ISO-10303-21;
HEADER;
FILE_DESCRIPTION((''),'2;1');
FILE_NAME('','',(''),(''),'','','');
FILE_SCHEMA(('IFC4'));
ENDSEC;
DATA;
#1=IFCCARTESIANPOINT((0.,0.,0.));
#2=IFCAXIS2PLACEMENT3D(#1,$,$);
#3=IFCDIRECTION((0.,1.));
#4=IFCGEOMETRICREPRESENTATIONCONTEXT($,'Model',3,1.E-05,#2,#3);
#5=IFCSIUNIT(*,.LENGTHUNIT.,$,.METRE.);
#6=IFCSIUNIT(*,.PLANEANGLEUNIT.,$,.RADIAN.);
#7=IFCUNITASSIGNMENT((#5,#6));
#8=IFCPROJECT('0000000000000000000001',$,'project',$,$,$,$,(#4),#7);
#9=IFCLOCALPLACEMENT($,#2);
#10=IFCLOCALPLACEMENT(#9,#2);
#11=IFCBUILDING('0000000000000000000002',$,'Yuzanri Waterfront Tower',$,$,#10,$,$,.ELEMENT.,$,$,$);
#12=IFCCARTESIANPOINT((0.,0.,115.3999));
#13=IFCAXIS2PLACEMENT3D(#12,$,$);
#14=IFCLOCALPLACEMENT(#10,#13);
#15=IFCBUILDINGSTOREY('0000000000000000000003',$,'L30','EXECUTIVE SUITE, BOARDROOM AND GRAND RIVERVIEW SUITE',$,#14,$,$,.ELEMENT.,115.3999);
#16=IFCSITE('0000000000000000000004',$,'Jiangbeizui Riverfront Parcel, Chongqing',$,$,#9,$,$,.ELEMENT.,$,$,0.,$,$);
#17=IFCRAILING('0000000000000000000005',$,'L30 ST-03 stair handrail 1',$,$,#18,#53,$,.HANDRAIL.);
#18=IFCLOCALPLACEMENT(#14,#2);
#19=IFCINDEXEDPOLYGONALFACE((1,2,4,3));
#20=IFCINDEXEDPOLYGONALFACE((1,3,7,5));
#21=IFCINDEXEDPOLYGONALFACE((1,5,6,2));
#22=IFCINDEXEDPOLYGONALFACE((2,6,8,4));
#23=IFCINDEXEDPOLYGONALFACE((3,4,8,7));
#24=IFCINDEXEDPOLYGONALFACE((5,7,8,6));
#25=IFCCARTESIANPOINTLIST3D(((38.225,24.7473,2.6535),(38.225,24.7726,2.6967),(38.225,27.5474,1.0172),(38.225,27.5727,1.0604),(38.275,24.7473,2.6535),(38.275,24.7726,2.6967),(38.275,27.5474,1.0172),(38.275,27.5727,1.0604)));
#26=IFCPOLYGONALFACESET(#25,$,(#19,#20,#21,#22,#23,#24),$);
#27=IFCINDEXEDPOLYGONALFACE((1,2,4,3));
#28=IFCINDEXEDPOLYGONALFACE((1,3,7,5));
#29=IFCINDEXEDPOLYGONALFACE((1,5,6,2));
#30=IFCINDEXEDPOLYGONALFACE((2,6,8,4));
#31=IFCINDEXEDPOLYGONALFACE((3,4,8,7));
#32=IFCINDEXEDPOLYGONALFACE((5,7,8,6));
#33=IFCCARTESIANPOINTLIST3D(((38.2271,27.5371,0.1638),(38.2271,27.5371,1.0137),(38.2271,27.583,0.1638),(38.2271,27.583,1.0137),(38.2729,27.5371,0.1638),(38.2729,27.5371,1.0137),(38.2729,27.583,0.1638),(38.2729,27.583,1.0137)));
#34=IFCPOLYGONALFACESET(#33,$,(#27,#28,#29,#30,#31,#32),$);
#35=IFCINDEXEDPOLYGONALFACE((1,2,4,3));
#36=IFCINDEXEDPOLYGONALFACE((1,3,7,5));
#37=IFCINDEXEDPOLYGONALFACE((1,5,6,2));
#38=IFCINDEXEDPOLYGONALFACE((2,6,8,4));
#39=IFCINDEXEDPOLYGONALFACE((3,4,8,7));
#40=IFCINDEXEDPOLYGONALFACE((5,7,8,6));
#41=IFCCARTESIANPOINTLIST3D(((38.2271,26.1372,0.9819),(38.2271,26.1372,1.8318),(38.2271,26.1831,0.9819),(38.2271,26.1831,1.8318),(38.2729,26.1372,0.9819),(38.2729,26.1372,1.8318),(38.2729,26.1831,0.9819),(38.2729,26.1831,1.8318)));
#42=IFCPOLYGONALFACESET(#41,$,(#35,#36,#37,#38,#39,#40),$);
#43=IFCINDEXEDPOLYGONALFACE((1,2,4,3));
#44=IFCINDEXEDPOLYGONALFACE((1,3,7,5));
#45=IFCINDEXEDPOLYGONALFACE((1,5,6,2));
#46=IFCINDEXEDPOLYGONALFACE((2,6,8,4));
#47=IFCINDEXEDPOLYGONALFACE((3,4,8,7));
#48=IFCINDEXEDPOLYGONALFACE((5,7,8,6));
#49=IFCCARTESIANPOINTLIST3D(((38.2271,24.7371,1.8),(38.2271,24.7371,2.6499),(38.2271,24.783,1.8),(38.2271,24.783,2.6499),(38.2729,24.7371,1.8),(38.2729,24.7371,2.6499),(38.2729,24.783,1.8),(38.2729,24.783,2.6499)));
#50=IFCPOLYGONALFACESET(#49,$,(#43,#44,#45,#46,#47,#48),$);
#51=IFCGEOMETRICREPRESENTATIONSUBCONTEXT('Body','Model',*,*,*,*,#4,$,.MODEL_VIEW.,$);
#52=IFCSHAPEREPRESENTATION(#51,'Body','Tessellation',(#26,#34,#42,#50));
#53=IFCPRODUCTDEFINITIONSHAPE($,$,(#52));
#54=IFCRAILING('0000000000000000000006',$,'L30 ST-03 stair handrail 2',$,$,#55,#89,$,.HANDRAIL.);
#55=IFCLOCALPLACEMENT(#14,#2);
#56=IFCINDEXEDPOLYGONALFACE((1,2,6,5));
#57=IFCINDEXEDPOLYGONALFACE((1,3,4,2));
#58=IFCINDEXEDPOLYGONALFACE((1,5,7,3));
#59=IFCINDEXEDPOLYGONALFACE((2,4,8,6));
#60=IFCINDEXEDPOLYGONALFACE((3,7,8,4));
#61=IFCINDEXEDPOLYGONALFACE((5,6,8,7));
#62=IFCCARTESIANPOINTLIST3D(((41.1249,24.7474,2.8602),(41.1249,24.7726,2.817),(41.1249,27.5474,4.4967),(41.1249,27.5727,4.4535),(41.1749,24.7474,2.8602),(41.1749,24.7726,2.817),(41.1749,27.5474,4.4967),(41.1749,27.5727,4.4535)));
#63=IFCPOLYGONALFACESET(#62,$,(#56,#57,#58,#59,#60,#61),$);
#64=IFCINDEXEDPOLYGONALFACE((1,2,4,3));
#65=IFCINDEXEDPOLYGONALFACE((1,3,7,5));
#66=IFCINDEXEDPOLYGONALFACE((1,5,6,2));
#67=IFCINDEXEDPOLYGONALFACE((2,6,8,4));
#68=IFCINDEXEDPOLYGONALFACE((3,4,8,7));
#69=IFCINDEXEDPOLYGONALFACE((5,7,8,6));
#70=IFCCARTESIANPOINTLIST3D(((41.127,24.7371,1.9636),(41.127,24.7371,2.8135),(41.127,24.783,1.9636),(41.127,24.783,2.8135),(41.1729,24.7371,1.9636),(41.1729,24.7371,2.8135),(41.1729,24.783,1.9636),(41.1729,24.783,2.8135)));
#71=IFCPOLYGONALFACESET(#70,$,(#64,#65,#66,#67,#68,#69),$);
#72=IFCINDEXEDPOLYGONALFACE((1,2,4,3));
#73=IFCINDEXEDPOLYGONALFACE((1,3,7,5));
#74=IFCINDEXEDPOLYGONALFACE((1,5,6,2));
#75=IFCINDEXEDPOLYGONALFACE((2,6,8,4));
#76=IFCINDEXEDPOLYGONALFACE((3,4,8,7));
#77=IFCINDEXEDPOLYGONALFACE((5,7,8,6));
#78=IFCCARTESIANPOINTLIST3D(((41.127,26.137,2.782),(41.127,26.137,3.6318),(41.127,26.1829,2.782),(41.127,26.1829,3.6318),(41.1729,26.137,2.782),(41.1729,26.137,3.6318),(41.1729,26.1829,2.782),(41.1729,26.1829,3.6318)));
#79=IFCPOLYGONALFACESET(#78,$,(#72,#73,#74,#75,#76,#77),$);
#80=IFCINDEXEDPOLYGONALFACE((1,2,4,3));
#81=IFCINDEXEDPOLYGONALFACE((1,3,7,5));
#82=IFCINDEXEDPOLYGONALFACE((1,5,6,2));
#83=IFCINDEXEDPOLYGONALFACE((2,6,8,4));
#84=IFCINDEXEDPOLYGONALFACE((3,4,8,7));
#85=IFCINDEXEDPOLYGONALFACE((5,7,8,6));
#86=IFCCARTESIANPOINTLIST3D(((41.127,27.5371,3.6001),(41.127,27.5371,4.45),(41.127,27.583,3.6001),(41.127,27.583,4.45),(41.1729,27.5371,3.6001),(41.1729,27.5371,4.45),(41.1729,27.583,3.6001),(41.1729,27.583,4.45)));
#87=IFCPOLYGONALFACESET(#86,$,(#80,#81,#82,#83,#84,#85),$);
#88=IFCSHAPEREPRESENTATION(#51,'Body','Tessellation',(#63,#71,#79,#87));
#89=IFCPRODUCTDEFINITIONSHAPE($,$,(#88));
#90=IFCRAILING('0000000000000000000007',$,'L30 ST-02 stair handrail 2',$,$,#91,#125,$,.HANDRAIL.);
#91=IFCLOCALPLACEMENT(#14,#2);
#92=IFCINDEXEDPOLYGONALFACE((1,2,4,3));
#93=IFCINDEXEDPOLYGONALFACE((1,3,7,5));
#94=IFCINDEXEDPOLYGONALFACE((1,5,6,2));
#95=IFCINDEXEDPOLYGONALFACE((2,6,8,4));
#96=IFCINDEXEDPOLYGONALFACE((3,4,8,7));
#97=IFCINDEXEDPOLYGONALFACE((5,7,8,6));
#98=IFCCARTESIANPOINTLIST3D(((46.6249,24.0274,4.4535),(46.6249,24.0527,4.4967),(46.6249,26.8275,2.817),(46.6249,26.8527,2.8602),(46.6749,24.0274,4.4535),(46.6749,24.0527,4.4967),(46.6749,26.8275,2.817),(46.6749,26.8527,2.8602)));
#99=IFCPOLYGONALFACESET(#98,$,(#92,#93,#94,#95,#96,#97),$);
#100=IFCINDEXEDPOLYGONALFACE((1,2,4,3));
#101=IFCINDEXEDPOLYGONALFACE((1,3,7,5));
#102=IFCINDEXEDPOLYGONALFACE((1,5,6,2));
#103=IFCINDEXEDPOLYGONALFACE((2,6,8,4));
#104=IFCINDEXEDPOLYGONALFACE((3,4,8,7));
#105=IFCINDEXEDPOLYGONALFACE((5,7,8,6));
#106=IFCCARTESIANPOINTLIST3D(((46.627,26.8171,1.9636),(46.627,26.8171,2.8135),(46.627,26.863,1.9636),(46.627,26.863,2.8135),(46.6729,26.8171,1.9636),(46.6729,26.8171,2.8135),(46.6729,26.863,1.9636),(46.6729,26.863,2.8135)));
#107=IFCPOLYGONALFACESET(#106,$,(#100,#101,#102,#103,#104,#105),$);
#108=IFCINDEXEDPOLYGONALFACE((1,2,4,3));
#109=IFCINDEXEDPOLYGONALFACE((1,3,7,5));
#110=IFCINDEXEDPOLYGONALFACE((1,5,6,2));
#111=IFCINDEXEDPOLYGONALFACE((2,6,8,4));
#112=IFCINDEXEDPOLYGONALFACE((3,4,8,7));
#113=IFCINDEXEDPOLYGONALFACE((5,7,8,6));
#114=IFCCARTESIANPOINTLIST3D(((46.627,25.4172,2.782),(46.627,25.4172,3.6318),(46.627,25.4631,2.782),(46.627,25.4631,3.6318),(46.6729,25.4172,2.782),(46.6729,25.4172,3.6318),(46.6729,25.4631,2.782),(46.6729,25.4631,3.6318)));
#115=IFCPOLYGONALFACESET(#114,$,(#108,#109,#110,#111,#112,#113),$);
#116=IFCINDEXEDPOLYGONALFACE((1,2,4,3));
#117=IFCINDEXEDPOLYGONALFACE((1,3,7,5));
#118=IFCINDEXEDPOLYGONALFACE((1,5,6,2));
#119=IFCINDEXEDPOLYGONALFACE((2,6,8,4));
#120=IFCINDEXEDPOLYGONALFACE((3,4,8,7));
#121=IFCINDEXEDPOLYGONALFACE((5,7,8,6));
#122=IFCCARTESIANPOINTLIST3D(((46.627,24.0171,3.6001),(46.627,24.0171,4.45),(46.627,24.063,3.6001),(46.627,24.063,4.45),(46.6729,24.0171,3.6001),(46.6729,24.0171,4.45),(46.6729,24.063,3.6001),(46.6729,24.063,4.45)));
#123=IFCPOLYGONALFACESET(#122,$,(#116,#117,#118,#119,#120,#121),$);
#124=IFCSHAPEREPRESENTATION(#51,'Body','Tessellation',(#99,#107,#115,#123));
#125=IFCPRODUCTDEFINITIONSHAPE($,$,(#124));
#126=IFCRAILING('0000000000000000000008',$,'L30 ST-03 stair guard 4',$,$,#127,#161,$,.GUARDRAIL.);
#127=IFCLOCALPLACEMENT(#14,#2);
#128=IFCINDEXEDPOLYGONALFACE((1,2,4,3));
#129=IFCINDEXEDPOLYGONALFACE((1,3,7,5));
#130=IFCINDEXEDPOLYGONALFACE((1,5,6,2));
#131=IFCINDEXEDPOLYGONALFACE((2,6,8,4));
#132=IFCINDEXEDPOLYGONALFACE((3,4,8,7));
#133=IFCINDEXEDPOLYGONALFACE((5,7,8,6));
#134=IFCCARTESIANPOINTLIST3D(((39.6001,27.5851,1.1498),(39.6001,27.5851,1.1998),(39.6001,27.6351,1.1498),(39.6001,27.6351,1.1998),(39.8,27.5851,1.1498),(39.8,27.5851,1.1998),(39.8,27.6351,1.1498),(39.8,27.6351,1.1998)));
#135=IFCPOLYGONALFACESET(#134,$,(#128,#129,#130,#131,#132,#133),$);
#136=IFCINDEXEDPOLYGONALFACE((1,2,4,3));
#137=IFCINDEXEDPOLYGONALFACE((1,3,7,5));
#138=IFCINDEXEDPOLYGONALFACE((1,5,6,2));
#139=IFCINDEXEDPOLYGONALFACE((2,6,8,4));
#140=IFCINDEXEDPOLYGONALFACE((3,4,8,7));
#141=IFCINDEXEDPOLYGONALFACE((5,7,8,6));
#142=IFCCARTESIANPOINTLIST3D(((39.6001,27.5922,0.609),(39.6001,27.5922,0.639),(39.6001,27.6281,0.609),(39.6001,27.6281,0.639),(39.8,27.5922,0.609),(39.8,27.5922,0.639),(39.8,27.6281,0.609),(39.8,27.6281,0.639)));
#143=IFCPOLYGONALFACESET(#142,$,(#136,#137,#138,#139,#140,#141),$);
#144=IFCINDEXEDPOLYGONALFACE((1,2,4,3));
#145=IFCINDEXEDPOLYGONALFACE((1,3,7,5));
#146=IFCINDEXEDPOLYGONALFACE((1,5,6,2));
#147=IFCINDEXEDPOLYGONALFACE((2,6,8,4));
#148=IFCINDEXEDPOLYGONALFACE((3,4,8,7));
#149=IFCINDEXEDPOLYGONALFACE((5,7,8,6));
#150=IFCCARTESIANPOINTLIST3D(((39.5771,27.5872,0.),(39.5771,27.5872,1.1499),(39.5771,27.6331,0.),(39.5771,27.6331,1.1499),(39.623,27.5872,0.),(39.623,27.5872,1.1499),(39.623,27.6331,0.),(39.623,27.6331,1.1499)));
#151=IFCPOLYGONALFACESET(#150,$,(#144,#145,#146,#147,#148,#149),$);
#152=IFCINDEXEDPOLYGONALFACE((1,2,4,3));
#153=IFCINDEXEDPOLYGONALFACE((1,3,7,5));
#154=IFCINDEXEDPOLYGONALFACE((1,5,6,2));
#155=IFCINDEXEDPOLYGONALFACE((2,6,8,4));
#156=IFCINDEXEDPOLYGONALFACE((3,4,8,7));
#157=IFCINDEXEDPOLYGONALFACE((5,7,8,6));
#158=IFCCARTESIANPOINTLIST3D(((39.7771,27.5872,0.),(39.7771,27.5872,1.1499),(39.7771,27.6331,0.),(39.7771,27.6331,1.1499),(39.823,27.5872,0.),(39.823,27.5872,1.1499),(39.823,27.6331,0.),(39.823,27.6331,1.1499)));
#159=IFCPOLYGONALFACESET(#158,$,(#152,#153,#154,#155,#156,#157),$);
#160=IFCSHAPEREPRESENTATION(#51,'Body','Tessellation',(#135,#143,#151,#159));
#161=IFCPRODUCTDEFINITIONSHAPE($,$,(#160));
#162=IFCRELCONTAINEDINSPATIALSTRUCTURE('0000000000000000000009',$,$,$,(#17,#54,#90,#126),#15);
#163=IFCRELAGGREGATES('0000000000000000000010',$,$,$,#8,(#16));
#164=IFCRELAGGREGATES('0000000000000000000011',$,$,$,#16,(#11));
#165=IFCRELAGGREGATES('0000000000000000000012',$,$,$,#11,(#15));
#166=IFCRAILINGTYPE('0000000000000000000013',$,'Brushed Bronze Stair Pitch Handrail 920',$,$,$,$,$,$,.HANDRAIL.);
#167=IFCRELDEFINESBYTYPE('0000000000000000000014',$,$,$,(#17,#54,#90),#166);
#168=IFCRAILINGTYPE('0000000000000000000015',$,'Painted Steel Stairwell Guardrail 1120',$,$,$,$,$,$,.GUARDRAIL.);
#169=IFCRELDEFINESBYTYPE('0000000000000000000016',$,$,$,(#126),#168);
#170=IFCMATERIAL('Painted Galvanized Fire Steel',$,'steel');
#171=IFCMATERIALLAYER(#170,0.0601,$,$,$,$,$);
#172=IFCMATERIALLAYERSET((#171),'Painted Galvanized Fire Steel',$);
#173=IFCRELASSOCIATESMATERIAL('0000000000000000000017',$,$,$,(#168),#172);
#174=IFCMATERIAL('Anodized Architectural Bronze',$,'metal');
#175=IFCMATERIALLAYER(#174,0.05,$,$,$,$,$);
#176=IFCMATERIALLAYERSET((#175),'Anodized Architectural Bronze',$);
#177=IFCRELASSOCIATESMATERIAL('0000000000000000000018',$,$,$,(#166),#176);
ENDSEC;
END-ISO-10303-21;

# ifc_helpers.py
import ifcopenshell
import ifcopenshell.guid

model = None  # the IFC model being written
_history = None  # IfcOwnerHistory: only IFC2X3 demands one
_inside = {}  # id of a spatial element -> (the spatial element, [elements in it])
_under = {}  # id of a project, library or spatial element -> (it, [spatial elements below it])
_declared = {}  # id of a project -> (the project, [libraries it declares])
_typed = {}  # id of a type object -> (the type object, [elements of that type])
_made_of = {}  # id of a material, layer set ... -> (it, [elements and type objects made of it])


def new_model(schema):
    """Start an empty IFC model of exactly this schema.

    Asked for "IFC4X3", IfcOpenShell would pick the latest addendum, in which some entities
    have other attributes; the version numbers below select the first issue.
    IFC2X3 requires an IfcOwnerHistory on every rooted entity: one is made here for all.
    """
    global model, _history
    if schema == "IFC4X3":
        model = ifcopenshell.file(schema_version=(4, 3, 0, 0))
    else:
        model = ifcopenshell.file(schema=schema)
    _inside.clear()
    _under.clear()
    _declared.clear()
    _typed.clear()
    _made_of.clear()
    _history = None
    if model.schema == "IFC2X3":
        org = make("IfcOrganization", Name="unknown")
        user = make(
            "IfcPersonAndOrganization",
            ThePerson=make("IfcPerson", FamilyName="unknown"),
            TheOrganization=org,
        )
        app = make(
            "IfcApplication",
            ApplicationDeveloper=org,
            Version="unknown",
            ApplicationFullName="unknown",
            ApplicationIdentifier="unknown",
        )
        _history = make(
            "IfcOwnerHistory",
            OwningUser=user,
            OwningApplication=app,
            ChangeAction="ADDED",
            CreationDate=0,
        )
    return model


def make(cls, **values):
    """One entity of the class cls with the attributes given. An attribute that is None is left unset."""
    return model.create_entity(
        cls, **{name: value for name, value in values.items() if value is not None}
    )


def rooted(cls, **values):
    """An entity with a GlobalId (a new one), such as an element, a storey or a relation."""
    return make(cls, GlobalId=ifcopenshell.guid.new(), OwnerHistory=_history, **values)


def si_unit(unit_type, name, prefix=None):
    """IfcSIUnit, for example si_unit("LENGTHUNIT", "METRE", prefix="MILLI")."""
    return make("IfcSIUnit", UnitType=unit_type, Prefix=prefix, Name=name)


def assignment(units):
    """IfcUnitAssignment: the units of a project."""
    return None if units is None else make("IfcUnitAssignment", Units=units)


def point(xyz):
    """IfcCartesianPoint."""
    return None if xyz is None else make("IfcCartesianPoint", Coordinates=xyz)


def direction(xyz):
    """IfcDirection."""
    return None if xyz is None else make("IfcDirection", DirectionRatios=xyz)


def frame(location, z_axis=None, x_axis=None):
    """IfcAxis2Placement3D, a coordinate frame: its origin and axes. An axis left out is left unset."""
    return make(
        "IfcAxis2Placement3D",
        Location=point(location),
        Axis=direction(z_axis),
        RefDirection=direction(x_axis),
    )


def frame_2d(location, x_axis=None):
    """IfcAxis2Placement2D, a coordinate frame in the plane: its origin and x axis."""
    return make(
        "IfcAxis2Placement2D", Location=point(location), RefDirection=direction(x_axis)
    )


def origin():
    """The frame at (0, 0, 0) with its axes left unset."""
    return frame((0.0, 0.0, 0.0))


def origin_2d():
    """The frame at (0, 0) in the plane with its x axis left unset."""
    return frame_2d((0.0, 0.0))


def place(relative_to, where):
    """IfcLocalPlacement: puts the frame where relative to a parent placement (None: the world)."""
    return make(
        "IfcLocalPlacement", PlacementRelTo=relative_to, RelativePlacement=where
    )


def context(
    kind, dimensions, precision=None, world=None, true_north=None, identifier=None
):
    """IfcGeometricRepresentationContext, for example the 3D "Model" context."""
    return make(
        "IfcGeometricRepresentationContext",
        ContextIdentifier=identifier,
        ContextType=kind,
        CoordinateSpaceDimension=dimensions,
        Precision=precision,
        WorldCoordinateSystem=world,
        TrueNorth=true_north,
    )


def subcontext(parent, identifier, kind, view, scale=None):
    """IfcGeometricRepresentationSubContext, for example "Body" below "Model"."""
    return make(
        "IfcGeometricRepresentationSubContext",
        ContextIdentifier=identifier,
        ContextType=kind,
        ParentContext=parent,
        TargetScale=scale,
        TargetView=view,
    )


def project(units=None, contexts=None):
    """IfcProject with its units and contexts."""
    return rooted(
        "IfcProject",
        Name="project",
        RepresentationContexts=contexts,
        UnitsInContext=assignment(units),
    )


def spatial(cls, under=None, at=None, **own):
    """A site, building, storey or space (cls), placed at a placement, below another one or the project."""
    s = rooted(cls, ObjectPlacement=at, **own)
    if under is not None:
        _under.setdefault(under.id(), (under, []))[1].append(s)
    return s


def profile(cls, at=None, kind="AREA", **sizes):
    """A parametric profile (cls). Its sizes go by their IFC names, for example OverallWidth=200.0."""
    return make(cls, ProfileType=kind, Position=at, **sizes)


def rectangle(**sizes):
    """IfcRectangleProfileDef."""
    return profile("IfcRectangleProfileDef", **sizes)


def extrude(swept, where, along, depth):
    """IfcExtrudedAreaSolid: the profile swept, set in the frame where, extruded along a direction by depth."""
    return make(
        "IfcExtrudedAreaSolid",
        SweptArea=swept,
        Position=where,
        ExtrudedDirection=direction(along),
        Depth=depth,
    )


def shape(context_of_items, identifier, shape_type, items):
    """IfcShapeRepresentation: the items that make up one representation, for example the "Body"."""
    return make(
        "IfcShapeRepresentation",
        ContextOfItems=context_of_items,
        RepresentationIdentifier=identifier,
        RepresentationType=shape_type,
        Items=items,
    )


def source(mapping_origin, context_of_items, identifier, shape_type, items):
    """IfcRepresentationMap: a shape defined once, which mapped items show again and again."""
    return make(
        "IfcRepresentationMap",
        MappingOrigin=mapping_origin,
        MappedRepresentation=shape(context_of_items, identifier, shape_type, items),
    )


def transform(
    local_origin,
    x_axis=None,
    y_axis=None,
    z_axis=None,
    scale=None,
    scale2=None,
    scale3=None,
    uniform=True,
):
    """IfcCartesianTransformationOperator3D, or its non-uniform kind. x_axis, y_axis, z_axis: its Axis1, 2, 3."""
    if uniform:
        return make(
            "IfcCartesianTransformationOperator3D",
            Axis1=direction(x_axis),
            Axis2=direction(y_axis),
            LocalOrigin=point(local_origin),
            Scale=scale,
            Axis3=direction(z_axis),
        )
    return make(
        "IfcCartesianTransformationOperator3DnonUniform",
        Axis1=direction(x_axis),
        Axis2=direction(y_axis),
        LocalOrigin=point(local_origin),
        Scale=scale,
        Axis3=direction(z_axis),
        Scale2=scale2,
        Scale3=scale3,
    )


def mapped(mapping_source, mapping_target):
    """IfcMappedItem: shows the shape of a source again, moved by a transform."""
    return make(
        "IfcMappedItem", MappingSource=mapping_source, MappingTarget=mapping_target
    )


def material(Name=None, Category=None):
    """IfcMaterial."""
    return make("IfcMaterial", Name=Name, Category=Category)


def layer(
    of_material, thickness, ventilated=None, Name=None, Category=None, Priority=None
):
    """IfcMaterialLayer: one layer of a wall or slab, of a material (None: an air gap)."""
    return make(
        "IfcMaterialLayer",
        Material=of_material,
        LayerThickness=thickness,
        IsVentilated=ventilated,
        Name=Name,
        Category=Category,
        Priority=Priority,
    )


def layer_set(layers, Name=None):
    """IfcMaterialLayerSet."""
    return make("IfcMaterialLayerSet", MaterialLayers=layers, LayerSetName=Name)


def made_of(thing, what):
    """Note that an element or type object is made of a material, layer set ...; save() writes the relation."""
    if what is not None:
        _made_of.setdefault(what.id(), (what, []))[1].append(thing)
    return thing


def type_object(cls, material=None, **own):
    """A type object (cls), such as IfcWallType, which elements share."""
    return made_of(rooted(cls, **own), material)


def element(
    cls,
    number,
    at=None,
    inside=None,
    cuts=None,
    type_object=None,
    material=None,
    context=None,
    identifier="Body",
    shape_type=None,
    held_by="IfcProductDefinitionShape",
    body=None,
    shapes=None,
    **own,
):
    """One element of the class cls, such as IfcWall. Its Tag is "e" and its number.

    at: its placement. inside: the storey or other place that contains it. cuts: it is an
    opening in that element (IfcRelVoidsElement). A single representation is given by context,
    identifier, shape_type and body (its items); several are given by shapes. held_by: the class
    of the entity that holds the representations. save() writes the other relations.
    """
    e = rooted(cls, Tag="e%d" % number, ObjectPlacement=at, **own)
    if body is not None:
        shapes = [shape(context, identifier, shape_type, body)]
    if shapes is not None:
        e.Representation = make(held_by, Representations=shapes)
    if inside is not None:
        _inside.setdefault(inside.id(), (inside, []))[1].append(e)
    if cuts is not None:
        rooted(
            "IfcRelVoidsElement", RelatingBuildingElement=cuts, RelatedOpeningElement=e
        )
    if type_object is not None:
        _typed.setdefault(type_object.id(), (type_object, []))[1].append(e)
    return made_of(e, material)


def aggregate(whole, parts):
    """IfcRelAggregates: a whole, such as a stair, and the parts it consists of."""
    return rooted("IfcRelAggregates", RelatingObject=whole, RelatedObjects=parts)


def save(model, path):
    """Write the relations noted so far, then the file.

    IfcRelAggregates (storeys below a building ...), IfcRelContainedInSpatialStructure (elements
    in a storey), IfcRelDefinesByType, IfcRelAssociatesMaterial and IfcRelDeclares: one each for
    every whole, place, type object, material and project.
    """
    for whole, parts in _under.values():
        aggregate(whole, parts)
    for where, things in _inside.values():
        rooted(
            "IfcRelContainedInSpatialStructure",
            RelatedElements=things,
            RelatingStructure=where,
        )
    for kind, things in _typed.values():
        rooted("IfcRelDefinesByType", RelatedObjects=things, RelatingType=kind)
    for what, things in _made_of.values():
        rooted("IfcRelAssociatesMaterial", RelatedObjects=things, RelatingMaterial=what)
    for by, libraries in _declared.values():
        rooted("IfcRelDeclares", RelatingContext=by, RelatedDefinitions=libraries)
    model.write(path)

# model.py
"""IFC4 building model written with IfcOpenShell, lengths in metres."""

from ifc_helpers import new_model, si_unit, direction, frame, origin, origin_2d, place, context, subcontext, project, spatial, rectangle, extrude, source, transform, mapped, material, layer, layer_set, type_object, element, save


model = new_model("IFC4")

# Units and contexts
model_context = context("Model", 3, precision=1e-05, world=origin(), true_north=direction((0.0, 1.0)))
body_context = subcontext(model_context, "Body", "Model", "MODEL_VIEW")
ifc_project = project(units=[si_unit("LENGTHUNIT", "METRE"), si_unit("PLANEANGLEUNIT", "RADIAN")], contexts=[model_context])

# Site, building, storey
site_placement = place(None, origin())
site = spatial("IfcSite", under=ifc_project, at=site_placement, Name="Jiangbeizui Riverfront Parcel, Chongqing", CompositionType="ELEMENT", RefElevation=0.0)
building_placement = place(site_placement, origin())
building = spatial("IfcBuilding", under=site, at=building_placement, Name="Yuzanri Waterfront Tower", CompositionType="ELEMENT")
storey_placement = place(building_placement, frame((0.0, 0.0, 115.3999)))
storey = spatial("IfcBuildingStorey", under=building, at=storey_placement, Name="L30", Description="EXECUTIVE SUITE, BOARDROOM AND GRAND RIVERVIEW SUITE", CompositionType="ELEMENT", Elevation=115.3999)

# Railings
ifc_material_1 = material(Name="Painted Galvanized Fire Steel", Category="steel")
ifc_layer_1 = layer(ifc_material_1, 0.0601)
ifc_layer_set_1 = layer_set([ifc_layer_1], Name="Painted Galvanized Fire Steel")
railing_type_1 = type_object("IfcRailingType", Name="Painted Steel Stairwell Guardrail 1120", PredefinedType="GUARDRAIL", material=ifc_layer_set_1)
ifc_material_2 = material(Name="Anodized Architectural Bronze", Category="metal")
ifc_layer_2 = layer(ifc_material_2, 0.05)
ifc_layer_set_2 = layer_set([ifc_layer_2], Name="Anodized Architectural Bronze")
railing_type_2 = type_object("IfcRailingType", Name="Brushed Bronze Stair Pitch Handrail 920", PredefinedType="HANDRAIL", material=ifc_layer_set_2)
shared_shape_1 = source(origin(), body_context, "Body", "SweptSolid", [
    extrude(rectangle(XDim=0.05, YDim=0.05, at=origin_2d()), frame((0.0, 0.0, 0.875), z_axis=(0.0, -0.863394, 0.504531), x_axis=(1.0, 0.0, 0.0)), (0.0, 0.0, 1.0), 3.2432),
    extrude(rectangle(XDim=0.0459, YDim=0.0459, at=origin_2d()), origin(), (0.0, 0.0, 1.0), 0.8499),
    extrude(rectangle(XDim=0.0459, YDim=0.0459, at=origin_2d()), frame((0.0, -1.3999, 0.8181)), (0.0, 0.0, 1.0), 0.8499),
    extrude(rectangle(XDim=0.0459, YDim=0.0459, at=origin_2d()), frame((0.0, -2.8, 1.6362)), (0.0, 0.0, 1.0), 0.8499),
])
railing_1_placement = place(storey_placement, frame((38.25, 27.5601, 0.1638)))
element("IfcRailing", 1, at=railing_1_placement, inside=storey, type_object=railing_type_2, Name="L30 ST-03 stair handrail 1", PredefinedType="HANDRAIL", context=body_context, shape_type="MappedRepresentation", body=[
    mapped(shared_shape_1, transform((0.0, 0.0, 0.0), scale=1.0)),
])
shared_shape_2 = source(origin(), body_context, "Body", "SweptSolid", [
    extrude(rectangle(XDim=0.05, YDim=0.05, at=origin_2d()), frame((0.0, 0.0, 0.875), z_axis=(0.0, 0.863361, 0.504587), x_axis=(-1.0, 0.0, 0.0)), (0.0, 0.0, 1.0), 3.2432),
    extrude(rectangle(XDim=0.0459, YDim=0.0459, at=origin_2d()), origin(), (0.0, 0.0, 1.0), 0.8499),
    extrude(rectangle(XDim=0.0459, YDim=0.0459, at=origin_2d()), frame((0.0, 1.3999, 0.8184)), (0.0, 0.0, 1.0), 0.8499),
    extrude(rectangle(XDim=0.0459, YDim=0.0459, at=origin_2d()), frame((0.0, 2.8, 1.6365)), (0.0, 0.0, 1.0), 0.8499),
])
railing_2_placement = place(storey_placement, frame((41.1499, 24.76, 1.9636)))
element("IfcRailing", 2, at=railing_2_placement, inside=storey, type_object=railing_type_2, Name="L30 ST-03 stair handrail 2", PredefinedType="HANDRAIL", context=body_context, shape_type="MappedRepresentation", body=[
    mapped(shared_shape_2, transform((0.0, 0.0, 0.0), scale=1.0)),
])
shared_shape_3 = source(origin(), body_context, "Body", "SweptSolid", [
    extrude(rectangle(XDim=0.05, YDim=0.05, at=origin_2d()), frame((0.0, 0.0, 0.875), z_axis=(0.0, -0.863361, 0.504587), x_axis=(1.0, 0.0, 0.0)), (0.0, 0.0, 1.0), 3.2432),
    extrude(rectangle(XDim=0.0459, YDim=0.0459, at=origin_2d()), origin(), (0.0, 0.0, 1.0), 0.8499),
    extrude(rectangle(XDim=0.0459, YDim=0.0459, at=origin_2d()), frame((0.0, -1.3999, 0.8184)), (0.0, 0.0, 1.0), 0.8499),
    extrude(rectangle(XDim=0.0459, YDim=0.0459, at=origin_2d()), frame((0.0, -2.8, 1.6365)), (0.0, 0.0, 1.0), 0.8499),
])
railing_3_placement = place(storey_placement, frame((46.6499, 26.8401, 1.9636)))
element("IfcRailing", 3, at=railing_3_placement, inside=storey, type_object=railing_type_2, Name="L30 ST-02 stair handrail 2", PredefinedType="HANDRAIL", context=body_context, shape_type="MappedRepresentation", body=[
    mapped(shared_shape_3, transform((0.0, 0.0, 0.0), scale=1.0)),
])
shared_shape_4 = source(origin(), body_context, "Body", "SweptSolid", [
    extrude(rectangle(XDim=0.05, YDim=0.05, at=origin_2d()), frame((0.0, 0.0, 1.1748), z_axis=(1.0, 0.0, 0.0), x_axis=(0.0, 1.0, 0.0)), (0.0, 0.0, 1.0), 0.2),
    extrude(rectangle(XDim=0.0359, YDim=0.03, at=origin_2d()), frame((0.0, 0.0, 0.624), z_axis=(1.0, 0.0, 0.0), x_axis=(0.0, 1.0, 0.0)), (0.0, 0.0, 1.0), 0.2),
    extrude(rectangle(XDim=0.0459, YDim=0.0459, at=origin_2d()), origin(), (0.0, 0.0, 1.0), 1.1499),
    extrude(rectangle(XDim=0.0459, YDim=0.0459, at=origin_2d()), frame((0.2, 0.0, 0.0)), (0.0, 0.0, 1.0), 1.1499),
])
railing_4_placement = place(storey_placement, frame((39.6001, 27.6101, 0.0)))
element("IfcRailing", 4, at=railing_4_placement, inside=storey, type_object=railing_type_1, Name="L30 ST-03 stair guard 4", PredefinedType="GUARDRAIL", context=body_context, shape_type="MappedRepresentation", body=[
    mapped(shared_shape_4, transform((0.0, 0.0, 0.0), scale=1.0)),
])

save(model, "model.ifc")
